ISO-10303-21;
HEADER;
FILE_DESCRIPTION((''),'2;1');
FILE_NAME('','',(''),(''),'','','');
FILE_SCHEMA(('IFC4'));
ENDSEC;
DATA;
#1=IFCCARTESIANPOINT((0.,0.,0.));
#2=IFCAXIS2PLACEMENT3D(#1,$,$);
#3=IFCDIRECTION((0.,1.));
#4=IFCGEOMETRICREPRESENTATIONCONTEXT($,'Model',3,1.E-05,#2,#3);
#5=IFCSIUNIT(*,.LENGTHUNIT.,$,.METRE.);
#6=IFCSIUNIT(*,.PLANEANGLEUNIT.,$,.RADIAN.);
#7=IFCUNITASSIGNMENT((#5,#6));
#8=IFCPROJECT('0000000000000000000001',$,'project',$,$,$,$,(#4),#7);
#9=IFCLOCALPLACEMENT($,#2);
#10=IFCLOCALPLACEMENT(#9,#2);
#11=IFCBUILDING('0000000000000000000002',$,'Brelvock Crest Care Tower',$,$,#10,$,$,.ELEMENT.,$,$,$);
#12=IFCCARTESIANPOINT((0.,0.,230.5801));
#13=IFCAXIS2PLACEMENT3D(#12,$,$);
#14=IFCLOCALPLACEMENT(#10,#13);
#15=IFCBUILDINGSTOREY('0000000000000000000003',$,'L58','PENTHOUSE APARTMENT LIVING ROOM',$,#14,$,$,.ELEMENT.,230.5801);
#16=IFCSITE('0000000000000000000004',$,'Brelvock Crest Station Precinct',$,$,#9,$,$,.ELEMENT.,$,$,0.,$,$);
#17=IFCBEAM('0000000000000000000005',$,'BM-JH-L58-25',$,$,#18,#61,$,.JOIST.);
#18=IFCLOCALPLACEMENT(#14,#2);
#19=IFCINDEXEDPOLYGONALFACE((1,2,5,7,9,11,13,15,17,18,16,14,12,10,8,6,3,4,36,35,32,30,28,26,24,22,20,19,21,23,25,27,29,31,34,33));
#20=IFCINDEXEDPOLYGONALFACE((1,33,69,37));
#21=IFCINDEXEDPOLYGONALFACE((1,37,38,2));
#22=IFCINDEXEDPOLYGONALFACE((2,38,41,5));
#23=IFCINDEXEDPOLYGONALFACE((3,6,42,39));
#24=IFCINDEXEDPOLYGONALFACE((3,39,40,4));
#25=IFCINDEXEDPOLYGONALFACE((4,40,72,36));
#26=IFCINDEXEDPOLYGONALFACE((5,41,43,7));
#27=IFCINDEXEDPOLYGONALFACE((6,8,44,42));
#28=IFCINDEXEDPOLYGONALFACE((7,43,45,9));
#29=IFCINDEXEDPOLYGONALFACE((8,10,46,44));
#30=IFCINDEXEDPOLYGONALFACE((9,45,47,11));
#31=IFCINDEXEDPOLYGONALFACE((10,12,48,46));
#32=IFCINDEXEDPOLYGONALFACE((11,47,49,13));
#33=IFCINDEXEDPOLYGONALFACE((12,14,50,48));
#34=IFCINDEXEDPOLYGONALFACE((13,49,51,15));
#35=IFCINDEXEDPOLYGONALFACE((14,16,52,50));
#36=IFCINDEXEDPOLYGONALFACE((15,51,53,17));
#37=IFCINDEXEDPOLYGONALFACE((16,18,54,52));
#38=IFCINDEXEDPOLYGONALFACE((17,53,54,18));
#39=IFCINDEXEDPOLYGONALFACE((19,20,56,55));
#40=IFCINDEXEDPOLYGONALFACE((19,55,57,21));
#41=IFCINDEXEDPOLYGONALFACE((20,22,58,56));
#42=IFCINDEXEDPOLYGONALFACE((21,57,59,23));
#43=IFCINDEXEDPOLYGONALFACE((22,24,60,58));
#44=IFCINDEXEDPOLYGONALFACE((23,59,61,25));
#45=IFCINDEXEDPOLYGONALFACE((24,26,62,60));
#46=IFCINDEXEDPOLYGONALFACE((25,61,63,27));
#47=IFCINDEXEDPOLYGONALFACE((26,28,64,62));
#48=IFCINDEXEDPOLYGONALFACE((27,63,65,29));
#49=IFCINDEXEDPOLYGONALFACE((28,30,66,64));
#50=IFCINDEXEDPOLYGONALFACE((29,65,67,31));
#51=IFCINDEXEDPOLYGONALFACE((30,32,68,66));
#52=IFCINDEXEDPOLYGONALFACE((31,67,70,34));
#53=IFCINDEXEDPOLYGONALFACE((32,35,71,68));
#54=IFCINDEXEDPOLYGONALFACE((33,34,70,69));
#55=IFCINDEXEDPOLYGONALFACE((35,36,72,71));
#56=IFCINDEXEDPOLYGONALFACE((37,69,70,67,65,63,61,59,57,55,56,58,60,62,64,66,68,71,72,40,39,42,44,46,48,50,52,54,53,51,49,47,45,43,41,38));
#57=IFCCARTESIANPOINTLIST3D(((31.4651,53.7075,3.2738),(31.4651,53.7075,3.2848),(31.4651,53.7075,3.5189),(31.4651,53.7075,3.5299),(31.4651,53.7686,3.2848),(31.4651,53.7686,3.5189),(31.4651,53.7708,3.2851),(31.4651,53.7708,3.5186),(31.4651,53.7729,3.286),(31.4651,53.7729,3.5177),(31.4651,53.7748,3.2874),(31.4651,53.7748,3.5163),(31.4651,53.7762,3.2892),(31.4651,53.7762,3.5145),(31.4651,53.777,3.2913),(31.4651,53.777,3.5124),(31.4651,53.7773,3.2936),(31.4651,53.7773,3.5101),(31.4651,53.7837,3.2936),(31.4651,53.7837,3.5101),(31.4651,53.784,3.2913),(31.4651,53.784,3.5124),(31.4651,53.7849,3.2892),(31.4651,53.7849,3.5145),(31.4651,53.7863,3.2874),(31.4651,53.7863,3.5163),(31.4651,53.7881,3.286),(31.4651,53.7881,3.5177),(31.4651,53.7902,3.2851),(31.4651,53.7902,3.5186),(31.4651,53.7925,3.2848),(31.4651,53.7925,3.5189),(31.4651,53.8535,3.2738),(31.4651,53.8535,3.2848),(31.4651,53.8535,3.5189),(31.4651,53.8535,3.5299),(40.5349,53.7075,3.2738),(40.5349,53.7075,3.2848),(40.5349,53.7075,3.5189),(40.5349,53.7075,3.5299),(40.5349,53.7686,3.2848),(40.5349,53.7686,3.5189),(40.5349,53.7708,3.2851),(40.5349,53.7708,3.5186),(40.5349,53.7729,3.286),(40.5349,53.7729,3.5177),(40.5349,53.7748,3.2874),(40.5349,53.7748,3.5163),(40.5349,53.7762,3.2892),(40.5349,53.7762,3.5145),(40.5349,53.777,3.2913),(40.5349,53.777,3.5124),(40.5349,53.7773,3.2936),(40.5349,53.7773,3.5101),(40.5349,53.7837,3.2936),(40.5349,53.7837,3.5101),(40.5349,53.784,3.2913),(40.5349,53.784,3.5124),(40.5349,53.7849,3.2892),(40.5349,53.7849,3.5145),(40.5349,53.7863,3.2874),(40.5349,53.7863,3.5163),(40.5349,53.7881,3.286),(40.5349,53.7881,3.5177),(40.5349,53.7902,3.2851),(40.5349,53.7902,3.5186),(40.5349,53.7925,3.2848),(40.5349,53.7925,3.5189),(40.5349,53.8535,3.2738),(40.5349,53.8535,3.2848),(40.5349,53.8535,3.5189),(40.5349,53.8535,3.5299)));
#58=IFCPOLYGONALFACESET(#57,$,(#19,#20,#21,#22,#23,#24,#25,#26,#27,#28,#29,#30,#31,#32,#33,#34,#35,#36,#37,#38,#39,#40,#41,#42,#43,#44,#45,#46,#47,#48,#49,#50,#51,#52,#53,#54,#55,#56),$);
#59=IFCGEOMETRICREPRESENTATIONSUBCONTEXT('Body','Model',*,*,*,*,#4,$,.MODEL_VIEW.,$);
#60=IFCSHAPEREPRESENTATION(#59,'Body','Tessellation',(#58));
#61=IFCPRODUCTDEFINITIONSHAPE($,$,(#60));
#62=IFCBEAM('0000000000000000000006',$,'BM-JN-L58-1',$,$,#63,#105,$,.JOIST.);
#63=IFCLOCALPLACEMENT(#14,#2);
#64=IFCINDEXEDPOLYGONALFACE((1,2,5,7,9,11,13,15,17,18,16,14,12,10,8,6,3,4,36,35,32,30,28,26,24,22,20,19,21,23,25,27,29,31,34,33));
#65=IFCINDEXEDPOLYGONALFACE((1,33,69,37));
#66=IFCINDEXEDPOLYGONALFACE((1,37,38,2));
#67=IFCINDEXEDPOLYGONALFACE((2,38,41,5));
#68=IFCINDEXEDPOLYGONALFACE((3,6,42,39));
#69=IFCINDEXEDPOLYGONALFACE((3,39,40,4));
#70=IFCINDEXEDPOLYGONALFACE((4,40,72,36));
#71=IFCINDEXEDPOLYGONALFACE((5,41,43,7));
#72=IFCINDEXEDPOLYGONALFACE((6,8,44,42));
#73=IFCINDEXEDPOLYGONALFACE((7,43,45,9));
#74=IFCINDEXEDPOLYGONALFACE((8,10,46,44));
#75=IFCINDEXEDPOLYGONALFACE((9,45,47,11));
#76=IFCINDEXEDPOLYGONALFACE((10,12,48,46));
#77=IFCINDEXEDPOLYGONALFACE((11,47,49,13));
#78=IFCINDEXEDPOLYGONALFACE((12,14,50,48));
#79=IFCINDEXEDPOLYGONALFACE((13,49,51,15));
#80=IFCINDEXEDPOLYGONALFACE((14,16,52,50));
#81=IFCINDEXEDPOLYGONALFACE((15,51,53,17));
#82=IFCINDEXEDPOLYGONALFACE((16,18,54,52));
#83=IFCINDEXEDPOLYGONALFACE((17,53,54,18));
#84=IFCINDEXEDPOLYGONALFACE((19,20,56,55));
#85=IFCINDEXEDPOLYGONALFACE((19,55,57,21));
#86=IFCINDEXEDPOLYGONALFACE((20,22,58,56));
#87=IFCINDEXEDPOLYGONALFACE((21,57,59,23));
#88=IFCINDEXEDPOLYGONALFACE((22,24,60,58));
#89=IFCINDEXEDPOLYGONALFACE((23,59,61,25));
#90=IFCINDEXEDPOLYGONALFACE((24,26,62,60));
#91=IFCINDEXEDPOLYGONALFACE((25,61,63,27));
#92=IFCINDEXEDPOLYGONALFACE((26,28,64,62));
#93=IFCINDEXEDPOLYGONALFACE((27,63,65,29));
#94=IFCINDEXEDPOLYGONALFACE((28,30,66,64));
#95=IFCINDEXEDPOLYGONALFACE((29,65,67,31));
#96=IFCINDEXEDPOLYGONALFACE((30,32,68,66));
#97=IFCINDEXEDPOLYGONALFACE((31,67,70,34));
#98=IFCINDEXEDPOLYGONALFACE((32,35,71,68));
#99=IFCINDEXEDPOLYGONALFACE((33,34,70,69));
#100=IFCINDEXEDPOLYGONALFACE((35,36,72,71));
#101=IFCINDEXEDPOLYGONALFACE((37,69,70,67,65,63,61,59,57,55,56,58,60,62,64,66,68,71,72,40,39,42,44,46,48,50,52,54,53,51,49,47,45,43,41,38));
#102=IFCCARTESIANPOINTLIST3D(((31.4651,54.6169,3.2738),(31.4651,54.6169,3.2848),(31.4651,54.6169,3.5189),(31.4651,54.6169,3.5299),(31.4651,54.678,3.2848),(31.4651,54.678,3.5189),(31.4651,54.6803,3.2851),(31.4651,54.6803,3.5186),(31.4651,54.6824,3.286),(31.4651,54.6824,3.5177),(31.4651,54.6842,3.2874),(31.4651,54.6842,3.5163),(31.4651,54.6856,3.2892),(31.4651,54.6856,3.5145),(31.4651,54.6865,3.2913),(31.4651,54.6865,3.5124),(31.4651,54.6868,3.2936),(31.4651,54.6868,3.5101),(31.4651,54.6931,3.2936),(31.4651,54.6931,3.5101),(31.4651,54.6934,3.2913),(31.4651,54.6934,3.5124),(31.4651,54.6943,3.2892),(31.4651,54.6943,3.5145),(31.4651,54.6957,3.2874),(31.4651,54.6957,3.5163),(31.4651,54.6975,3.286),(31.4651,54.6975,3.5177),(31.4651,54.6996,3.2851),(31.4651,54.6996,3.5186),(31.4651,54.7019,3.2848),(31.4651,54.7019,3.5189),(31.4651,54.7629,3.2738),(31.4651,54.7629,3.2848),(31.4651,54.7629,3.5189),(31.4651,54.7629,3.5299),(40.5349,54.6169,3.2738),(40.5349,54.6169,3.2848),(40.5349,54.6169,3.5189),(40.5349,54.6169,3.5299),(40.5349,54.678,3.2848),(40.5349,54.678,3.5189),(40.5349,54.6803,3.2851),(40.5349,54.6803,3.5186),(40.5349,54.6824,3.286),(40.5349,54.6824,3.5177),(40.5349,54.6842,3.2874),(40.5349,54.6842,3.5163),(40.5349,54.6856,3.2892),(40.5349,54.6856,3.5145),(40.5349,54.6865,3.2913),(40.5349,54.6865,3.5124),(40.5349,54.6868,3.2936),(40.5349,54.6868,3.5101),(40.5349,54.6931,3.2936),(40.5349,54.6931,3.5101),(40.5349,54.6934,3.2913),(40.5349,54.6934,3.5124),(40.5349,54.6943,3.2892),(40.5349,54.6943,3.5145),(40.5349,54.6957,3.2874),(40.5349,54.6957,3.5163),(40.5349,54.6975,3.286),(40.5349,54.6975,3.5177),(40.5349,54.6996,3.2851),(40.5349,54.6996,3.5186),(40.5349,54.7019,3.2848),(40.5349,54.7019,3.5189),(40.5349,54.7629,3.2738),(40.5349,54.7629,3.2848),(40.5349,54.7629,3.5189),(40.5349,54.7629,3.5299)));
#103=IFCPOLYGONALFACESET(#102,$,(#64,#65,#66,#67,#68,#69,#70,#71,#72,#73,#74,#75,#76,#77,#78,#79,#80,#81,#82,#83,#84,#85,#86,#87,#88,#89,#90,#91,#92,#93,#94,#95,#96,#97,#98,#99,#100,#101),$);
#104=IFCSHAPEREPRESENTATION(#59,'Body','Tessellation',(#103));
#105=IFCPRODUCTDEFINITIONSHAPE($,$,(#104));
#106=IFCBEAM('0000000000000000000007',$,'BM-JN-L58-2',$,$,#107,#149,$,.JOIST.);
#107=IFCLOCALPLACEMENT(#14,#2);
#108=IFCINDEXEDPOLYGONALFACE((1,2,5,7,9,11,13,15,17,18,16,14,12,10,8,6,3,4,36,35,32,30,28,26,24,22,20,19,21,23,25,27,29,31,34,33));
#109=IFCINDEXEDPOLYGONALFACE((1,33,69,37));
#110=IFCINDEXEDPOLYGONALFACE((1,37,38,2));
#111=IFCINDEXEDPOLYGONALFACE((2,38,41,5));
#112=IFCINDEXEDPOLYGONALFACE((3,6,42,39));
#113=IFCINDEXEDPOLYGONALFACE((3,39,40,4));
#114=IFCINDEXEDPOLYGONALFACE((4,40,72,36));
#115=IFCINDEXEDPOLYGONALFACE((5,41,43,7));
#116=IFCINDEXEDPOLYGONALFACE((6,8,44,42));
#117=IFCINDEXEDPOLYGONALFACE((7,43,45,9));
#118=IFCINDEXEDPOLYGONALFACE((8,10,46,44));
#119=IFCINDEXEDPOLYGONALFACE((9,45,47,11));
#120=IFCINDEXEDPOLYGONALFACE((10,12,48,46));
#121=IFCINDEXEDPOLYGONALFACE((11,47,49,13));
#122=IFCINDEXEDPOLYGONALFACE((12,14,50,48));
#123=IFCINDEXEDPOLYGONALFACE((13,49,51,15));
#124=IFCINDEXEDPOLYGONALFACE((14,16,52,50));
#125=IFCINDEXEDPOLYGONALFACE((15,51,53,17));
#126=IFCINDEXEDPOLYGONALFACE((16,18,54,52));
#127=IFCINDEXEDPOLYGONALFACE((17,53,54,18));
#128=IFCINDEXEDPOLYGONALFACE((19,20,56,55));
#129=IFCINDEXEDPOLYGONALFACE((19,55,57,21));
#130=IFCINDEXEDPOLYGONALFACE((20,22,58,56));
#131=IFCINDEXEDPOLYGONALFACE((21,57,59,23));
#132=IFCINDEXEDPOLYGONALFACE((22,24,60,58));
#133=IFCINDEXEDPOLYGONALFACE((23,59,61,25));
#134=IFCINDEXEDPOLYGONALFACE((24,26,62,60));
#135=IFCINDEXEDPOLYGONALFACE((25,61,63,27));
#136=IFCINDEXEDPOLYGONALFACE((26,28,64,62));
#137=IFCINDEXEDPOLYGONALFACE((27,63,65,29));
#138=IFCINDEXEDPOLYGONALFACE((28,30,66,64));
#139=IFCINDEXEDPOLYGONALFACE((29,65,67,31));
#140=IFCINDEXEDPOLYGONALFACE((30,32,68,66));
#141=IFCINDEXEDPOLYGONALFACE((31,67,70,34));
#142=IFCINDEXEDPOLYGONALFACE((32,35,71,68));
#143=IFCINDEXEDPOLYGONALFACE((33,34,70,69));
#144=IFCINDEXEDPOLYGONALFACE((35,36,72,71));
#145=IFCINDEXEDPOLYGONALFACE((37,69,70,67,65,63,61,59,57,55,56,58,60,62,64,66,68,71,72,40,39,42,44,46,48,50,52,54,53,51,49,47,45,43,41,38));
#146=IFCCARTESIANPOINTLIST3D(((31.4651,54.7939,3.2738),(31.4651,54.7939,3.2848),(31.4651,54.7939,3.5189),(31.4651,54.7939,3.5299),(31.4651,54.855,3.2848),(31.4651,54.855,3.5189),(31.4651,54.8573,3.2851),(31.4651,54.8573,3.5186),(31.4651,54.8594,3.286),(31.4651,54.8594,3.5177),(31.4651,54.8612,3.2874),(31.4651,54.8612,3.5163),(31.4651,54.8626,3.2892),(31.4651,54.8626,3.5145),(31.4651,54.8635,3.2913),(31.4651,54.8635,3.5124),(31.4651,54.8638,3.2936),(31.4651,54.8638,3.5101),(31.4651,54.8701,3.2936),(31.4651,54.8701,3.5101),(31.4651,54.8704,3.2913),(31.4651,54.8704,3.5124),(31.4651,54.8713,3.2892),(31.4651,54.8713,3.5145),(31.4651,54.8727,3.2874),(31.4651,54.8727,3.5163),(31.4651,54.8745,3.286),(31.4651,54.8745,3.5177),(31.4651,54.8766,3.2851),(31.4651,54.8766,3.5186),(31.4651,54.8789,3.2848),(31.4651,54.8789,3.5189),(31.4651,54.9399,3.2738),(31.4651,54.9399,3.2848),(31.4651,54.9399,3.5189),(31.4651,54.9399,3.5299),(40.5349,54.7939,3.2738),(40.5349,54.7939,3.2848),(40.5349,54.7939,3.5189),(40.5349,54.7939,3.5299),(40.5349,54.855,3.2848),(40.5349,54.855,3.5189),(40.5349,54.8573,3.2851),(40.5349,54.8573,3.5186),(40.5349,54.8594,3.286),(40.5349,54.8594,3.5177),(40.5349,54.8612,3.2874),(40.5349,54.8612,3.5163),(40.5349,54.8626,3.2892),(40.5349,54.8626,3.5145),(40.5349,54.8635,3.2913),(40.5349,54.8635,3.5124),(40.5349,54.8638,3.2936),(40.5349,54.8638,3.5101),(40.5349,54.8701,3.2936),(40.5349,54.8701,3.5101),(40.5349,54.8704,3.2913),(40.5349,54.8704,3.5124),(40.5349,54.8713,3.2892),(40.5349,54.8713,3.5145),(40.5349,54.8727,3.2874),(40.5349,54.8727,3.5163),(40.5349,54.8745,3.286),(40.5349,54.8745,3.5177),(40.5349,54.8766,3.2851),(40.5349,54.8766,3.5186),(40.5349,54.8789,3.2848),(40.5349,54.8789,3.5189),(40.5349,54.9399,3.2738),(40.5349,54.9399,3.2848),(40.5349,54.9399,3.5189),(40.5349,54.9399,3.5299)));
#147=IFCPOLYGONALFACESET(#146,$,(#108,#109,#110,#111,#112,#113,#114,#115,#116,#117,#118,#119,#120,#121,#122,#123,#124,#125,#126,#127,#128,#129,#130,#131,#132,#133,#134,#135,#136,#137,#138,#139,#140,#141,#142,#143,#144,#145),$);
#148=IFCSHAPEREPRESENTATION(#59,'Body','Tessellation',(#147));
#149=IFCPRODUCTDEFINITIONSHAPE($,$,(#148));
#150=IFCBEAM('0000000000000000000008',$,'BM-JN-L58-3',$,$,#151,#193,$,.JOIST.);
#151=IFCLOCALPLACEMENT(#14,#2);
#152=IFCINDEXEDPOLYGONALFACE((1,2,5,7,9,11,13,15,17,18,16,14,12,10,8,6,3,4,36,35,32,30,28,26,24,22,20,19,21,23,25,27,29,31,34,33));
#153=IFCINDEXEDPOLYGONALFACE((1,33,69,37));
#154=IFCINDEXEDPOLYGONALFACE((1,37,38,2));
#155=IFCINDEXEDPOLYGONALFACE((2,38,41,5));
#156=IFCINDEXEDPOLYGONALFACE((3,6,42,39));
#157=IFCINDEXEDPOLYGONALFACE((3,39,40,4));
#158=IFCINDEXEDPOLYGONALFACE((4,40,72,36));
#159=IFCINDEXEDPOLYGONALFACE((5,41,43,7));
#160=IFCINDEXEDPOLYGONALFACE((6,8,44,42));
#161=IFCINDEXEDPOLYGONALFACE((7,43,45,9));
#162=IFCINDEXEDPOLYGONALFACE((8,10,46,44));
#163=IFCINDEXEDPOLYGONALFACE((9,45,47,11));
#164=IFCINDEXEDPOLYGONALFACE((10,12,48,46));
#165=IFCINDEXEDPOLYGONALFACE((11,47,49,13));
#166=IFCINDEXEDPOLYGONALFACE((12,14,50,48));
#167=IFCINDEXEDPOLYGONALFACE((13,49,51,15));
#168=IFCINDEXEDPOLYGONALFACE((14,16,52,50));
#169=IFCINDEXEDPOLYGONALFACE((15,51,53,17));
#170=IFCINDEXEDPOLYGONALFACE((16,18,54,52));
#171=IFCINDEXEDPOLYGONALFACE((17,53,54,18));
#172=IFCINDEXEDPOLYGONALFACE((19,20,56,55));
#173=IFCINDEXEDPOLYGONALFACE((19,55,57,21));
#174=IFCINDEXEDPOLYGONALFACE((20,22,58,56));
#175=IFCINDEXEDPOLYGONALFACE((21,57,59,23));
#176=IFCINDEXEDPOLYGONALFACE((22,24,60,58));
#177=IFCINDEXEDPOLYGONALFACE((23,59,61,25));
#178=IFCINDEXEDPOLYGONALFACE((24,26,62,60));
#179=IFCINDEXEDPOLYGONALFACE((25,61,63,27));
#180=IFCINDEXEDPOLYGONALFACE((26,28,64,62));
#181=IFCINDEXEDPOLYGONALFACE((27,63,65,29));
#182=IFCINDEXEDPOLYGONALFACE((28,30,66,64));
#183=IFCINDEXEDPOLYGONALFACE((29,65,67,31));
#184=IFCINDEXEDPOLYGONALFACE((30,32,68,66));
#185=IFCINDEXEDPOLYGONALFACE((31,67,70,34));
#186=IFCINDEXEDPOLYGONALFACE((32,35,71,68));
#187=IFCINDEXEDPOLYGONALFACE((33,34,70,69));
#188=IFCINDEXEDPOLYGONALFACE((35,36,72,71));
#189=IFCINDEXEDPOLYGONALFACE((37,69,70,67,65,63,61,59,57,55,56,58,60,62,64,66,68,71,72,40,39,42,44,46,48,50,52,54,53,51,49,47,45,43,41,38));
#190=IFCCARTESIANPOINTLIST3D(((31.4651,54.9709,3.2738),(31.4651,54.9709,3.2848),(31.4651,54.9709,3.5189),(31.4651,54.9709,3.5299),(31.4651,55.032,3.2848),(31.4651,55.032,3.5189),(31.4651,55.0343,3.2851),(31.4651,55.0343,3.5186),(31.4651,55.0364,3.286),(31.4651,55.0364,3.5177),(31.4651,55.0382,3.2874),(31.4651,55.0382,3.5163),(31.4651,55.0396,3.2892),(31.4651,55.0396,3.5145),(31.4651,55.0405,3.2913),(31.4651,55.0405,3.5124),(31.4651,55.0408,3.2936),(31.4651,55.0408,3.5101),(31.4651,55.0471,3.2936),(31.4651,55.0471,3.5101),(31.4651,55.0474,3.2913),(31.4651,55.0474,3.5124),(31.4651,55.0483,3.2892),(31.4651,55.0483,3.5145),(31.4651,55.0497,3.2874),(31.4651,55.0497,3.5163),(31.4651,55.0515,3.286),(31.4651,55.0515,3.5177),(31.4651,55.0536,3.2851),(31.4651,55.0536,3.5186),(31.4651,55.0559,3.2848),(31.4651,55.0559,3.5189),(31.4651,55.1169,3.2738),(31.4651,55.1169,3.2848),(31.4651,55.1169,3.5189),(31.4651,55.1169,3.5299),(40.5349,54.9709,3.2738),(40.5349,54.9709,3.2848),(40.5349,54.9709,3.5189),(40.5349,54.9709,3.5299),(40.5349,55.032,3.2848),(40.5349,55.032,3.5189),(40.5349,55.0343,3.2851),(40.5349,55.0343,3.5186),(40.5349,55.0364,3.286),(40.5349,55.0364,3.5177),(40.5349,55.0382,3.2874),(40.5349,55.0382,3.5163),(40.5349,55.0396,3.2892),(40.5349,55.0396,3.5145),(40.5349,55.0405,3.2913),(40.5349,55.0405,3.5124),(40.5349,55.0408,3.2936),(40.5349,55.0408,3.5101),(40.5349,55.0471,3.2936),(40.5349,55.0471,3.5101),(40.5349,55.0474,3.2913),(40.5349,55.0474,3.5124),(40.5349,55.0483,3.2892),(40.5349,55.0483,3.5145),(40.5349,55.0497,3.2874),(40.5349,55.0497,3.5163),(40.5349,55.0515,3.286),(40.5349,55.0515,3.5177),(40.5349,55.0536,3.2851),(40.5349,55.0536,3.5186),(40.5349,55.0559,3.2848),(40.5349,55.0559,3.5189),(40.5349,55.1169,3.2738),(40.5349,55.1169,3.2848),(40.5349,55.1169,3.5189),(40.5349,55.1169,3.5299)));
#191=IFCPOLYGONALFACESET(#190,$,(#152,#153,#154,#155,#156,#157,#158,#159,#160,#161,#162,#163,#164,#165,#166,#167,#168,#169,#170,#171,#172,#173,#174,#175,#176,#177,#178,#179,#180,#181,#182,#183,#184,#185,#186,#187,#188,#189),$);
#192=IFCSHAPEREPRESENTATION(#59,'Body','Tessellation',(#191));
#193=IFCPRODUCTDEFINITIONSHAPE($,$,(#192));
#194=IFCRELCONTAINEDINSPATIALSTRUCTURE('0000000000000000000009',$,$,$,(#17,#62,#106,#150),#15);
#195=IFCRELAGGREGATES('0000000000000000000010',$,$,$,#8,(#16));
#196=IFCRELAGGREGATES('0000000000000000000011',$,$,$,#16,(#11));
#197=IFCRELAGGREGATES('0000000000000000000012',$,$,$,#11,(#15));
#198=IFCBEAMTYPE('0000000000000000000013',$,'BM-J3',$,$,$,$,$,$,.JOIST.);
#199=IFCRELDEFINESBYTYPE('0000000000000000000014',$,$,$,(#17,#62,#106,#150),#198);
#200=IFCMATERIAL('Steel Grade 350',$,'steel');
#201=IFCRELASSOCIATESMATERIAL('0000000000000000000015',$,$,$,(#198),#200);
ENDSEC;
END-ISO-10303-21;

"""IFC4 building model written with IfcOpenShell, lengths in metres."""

from ifc_helpers import new_model, si_unit, direction, frame, origin, origin_2d, place, context, subcontext, project, spatial, i_section, extrude, source, transform, mapped, material, material_profile, profile_set, type_object, element, save


model = new_model("IFC4")

# Units and contexts
model_context = context("Model", 3, precision=1e-05, world=origin(), true_north=direction((0.0, 1.0)))
body_context = subcontext(model_context, "Body", "Model", "MODEL_VIEW")
ifc_project = project(units=[si_unit("LENGTHUNIT", "METRE"), si_unit("PLANEANGLEUNIT", "RADIAN")], contexts=[model_context])

# Site, building, storey
site_placement = place(None, origin())
site = spatial("IfcSite", under=ifc_project, at=site_placement, Name="Brelvock Crest Station Precinct", CompositionType="ELEMENT", RefElevation=0.0)
building_placement = place(site_placement, origin())
building = spatial("IfcBuilding", under=site, at=building_placement, Name="Brelvock Crest Care Tower", CompositionType="ELEMENT")
storey_placement = place(building_placement, frame((0.0, 0.0, 230.5801)))
storey = spatial("IfcBuildingStorey", under=building, at=storey_placement, Name="L58", Description="PENTHOUSE APARTMENT LIVING ROOM", CompositionType="ELEMENT", Elevation=230.5801)

# Shared definitions
ifc_material_1 = material(Name="Steel Grade 350", Category="steel")

# Beams
ifc_material_profile_1 = material_profile(ifc_material_1, i_section(OverallWidth=0.146, OverallDepth=0.2561, WebThickness=0.0063, FlangeThickness=0.011, FilletRadius=0.0088, at=origin_2d()), Name="250UB37.3")
ifc_profile_set_1 = profile_set([ifc_material_profile_1], Name="Steel Grade 350")
beam_type_1 = type_object("IfcBeamType", Name="BM-J3", PredefinedType="JOIST", material=ifc_profile_set_1)
shared_shape_1 = source(origin(), body_context, "Body", "SweptSolid", [
    extrude(i_section(OverallWidth=0.146, OverallDepth=0.2561, WebThickness=0.0063, FlangeThickness=0.011, FilletRadius=0.0088, at=origin_2d()), origin(), (0.0, 0.0, 1.0), 9.0698),
])
for number, where, z_axis, x_axis, name in (
    (1, (31.4651, 53.7805, 3.4019), (1.0, 0.0, 0.0), (0.0, 1.0, 0.0), "BM-JH-L58-25"),
    (2, (31.4651, 54.6899, 3.4019), (1.0, 0.0, 0.0), (0.0, 1.0, 0.0), "BM-JN-L58-1"),
    (3, (31.4651, 54.8669, 3.4019), (1.0, 0.0, 0.0), (0.0, 1.0, 0.0), "BM-JN-L58-2"),
    (4, (31.4651, 55.0439, 3.4019), (1.0, 0.0, 0.0), (0.0, 1.0, 0.0), "BM-JN-L58-3"),
):
    element("IfcBeam", number, at=place(storey_placement, frame(where, z_axis=z_axis, x_axis=x_axis)), inside=storey, type_object=beam_type_1, Name=name, PredefinedType="JOIST", context=body_context, shape_type="MappedRepresentation", body=[
        mapped(shared_shape_1, transform((0.0, 0.0, 0.0), x_axis=(1.0, 0.0, 0.0), y_axis=(0.0, 1.0, 0.0), z_axis=(0.0, 0.0, 1.0), scale=1.0)),
    ])

save(model, "model.ifc")
